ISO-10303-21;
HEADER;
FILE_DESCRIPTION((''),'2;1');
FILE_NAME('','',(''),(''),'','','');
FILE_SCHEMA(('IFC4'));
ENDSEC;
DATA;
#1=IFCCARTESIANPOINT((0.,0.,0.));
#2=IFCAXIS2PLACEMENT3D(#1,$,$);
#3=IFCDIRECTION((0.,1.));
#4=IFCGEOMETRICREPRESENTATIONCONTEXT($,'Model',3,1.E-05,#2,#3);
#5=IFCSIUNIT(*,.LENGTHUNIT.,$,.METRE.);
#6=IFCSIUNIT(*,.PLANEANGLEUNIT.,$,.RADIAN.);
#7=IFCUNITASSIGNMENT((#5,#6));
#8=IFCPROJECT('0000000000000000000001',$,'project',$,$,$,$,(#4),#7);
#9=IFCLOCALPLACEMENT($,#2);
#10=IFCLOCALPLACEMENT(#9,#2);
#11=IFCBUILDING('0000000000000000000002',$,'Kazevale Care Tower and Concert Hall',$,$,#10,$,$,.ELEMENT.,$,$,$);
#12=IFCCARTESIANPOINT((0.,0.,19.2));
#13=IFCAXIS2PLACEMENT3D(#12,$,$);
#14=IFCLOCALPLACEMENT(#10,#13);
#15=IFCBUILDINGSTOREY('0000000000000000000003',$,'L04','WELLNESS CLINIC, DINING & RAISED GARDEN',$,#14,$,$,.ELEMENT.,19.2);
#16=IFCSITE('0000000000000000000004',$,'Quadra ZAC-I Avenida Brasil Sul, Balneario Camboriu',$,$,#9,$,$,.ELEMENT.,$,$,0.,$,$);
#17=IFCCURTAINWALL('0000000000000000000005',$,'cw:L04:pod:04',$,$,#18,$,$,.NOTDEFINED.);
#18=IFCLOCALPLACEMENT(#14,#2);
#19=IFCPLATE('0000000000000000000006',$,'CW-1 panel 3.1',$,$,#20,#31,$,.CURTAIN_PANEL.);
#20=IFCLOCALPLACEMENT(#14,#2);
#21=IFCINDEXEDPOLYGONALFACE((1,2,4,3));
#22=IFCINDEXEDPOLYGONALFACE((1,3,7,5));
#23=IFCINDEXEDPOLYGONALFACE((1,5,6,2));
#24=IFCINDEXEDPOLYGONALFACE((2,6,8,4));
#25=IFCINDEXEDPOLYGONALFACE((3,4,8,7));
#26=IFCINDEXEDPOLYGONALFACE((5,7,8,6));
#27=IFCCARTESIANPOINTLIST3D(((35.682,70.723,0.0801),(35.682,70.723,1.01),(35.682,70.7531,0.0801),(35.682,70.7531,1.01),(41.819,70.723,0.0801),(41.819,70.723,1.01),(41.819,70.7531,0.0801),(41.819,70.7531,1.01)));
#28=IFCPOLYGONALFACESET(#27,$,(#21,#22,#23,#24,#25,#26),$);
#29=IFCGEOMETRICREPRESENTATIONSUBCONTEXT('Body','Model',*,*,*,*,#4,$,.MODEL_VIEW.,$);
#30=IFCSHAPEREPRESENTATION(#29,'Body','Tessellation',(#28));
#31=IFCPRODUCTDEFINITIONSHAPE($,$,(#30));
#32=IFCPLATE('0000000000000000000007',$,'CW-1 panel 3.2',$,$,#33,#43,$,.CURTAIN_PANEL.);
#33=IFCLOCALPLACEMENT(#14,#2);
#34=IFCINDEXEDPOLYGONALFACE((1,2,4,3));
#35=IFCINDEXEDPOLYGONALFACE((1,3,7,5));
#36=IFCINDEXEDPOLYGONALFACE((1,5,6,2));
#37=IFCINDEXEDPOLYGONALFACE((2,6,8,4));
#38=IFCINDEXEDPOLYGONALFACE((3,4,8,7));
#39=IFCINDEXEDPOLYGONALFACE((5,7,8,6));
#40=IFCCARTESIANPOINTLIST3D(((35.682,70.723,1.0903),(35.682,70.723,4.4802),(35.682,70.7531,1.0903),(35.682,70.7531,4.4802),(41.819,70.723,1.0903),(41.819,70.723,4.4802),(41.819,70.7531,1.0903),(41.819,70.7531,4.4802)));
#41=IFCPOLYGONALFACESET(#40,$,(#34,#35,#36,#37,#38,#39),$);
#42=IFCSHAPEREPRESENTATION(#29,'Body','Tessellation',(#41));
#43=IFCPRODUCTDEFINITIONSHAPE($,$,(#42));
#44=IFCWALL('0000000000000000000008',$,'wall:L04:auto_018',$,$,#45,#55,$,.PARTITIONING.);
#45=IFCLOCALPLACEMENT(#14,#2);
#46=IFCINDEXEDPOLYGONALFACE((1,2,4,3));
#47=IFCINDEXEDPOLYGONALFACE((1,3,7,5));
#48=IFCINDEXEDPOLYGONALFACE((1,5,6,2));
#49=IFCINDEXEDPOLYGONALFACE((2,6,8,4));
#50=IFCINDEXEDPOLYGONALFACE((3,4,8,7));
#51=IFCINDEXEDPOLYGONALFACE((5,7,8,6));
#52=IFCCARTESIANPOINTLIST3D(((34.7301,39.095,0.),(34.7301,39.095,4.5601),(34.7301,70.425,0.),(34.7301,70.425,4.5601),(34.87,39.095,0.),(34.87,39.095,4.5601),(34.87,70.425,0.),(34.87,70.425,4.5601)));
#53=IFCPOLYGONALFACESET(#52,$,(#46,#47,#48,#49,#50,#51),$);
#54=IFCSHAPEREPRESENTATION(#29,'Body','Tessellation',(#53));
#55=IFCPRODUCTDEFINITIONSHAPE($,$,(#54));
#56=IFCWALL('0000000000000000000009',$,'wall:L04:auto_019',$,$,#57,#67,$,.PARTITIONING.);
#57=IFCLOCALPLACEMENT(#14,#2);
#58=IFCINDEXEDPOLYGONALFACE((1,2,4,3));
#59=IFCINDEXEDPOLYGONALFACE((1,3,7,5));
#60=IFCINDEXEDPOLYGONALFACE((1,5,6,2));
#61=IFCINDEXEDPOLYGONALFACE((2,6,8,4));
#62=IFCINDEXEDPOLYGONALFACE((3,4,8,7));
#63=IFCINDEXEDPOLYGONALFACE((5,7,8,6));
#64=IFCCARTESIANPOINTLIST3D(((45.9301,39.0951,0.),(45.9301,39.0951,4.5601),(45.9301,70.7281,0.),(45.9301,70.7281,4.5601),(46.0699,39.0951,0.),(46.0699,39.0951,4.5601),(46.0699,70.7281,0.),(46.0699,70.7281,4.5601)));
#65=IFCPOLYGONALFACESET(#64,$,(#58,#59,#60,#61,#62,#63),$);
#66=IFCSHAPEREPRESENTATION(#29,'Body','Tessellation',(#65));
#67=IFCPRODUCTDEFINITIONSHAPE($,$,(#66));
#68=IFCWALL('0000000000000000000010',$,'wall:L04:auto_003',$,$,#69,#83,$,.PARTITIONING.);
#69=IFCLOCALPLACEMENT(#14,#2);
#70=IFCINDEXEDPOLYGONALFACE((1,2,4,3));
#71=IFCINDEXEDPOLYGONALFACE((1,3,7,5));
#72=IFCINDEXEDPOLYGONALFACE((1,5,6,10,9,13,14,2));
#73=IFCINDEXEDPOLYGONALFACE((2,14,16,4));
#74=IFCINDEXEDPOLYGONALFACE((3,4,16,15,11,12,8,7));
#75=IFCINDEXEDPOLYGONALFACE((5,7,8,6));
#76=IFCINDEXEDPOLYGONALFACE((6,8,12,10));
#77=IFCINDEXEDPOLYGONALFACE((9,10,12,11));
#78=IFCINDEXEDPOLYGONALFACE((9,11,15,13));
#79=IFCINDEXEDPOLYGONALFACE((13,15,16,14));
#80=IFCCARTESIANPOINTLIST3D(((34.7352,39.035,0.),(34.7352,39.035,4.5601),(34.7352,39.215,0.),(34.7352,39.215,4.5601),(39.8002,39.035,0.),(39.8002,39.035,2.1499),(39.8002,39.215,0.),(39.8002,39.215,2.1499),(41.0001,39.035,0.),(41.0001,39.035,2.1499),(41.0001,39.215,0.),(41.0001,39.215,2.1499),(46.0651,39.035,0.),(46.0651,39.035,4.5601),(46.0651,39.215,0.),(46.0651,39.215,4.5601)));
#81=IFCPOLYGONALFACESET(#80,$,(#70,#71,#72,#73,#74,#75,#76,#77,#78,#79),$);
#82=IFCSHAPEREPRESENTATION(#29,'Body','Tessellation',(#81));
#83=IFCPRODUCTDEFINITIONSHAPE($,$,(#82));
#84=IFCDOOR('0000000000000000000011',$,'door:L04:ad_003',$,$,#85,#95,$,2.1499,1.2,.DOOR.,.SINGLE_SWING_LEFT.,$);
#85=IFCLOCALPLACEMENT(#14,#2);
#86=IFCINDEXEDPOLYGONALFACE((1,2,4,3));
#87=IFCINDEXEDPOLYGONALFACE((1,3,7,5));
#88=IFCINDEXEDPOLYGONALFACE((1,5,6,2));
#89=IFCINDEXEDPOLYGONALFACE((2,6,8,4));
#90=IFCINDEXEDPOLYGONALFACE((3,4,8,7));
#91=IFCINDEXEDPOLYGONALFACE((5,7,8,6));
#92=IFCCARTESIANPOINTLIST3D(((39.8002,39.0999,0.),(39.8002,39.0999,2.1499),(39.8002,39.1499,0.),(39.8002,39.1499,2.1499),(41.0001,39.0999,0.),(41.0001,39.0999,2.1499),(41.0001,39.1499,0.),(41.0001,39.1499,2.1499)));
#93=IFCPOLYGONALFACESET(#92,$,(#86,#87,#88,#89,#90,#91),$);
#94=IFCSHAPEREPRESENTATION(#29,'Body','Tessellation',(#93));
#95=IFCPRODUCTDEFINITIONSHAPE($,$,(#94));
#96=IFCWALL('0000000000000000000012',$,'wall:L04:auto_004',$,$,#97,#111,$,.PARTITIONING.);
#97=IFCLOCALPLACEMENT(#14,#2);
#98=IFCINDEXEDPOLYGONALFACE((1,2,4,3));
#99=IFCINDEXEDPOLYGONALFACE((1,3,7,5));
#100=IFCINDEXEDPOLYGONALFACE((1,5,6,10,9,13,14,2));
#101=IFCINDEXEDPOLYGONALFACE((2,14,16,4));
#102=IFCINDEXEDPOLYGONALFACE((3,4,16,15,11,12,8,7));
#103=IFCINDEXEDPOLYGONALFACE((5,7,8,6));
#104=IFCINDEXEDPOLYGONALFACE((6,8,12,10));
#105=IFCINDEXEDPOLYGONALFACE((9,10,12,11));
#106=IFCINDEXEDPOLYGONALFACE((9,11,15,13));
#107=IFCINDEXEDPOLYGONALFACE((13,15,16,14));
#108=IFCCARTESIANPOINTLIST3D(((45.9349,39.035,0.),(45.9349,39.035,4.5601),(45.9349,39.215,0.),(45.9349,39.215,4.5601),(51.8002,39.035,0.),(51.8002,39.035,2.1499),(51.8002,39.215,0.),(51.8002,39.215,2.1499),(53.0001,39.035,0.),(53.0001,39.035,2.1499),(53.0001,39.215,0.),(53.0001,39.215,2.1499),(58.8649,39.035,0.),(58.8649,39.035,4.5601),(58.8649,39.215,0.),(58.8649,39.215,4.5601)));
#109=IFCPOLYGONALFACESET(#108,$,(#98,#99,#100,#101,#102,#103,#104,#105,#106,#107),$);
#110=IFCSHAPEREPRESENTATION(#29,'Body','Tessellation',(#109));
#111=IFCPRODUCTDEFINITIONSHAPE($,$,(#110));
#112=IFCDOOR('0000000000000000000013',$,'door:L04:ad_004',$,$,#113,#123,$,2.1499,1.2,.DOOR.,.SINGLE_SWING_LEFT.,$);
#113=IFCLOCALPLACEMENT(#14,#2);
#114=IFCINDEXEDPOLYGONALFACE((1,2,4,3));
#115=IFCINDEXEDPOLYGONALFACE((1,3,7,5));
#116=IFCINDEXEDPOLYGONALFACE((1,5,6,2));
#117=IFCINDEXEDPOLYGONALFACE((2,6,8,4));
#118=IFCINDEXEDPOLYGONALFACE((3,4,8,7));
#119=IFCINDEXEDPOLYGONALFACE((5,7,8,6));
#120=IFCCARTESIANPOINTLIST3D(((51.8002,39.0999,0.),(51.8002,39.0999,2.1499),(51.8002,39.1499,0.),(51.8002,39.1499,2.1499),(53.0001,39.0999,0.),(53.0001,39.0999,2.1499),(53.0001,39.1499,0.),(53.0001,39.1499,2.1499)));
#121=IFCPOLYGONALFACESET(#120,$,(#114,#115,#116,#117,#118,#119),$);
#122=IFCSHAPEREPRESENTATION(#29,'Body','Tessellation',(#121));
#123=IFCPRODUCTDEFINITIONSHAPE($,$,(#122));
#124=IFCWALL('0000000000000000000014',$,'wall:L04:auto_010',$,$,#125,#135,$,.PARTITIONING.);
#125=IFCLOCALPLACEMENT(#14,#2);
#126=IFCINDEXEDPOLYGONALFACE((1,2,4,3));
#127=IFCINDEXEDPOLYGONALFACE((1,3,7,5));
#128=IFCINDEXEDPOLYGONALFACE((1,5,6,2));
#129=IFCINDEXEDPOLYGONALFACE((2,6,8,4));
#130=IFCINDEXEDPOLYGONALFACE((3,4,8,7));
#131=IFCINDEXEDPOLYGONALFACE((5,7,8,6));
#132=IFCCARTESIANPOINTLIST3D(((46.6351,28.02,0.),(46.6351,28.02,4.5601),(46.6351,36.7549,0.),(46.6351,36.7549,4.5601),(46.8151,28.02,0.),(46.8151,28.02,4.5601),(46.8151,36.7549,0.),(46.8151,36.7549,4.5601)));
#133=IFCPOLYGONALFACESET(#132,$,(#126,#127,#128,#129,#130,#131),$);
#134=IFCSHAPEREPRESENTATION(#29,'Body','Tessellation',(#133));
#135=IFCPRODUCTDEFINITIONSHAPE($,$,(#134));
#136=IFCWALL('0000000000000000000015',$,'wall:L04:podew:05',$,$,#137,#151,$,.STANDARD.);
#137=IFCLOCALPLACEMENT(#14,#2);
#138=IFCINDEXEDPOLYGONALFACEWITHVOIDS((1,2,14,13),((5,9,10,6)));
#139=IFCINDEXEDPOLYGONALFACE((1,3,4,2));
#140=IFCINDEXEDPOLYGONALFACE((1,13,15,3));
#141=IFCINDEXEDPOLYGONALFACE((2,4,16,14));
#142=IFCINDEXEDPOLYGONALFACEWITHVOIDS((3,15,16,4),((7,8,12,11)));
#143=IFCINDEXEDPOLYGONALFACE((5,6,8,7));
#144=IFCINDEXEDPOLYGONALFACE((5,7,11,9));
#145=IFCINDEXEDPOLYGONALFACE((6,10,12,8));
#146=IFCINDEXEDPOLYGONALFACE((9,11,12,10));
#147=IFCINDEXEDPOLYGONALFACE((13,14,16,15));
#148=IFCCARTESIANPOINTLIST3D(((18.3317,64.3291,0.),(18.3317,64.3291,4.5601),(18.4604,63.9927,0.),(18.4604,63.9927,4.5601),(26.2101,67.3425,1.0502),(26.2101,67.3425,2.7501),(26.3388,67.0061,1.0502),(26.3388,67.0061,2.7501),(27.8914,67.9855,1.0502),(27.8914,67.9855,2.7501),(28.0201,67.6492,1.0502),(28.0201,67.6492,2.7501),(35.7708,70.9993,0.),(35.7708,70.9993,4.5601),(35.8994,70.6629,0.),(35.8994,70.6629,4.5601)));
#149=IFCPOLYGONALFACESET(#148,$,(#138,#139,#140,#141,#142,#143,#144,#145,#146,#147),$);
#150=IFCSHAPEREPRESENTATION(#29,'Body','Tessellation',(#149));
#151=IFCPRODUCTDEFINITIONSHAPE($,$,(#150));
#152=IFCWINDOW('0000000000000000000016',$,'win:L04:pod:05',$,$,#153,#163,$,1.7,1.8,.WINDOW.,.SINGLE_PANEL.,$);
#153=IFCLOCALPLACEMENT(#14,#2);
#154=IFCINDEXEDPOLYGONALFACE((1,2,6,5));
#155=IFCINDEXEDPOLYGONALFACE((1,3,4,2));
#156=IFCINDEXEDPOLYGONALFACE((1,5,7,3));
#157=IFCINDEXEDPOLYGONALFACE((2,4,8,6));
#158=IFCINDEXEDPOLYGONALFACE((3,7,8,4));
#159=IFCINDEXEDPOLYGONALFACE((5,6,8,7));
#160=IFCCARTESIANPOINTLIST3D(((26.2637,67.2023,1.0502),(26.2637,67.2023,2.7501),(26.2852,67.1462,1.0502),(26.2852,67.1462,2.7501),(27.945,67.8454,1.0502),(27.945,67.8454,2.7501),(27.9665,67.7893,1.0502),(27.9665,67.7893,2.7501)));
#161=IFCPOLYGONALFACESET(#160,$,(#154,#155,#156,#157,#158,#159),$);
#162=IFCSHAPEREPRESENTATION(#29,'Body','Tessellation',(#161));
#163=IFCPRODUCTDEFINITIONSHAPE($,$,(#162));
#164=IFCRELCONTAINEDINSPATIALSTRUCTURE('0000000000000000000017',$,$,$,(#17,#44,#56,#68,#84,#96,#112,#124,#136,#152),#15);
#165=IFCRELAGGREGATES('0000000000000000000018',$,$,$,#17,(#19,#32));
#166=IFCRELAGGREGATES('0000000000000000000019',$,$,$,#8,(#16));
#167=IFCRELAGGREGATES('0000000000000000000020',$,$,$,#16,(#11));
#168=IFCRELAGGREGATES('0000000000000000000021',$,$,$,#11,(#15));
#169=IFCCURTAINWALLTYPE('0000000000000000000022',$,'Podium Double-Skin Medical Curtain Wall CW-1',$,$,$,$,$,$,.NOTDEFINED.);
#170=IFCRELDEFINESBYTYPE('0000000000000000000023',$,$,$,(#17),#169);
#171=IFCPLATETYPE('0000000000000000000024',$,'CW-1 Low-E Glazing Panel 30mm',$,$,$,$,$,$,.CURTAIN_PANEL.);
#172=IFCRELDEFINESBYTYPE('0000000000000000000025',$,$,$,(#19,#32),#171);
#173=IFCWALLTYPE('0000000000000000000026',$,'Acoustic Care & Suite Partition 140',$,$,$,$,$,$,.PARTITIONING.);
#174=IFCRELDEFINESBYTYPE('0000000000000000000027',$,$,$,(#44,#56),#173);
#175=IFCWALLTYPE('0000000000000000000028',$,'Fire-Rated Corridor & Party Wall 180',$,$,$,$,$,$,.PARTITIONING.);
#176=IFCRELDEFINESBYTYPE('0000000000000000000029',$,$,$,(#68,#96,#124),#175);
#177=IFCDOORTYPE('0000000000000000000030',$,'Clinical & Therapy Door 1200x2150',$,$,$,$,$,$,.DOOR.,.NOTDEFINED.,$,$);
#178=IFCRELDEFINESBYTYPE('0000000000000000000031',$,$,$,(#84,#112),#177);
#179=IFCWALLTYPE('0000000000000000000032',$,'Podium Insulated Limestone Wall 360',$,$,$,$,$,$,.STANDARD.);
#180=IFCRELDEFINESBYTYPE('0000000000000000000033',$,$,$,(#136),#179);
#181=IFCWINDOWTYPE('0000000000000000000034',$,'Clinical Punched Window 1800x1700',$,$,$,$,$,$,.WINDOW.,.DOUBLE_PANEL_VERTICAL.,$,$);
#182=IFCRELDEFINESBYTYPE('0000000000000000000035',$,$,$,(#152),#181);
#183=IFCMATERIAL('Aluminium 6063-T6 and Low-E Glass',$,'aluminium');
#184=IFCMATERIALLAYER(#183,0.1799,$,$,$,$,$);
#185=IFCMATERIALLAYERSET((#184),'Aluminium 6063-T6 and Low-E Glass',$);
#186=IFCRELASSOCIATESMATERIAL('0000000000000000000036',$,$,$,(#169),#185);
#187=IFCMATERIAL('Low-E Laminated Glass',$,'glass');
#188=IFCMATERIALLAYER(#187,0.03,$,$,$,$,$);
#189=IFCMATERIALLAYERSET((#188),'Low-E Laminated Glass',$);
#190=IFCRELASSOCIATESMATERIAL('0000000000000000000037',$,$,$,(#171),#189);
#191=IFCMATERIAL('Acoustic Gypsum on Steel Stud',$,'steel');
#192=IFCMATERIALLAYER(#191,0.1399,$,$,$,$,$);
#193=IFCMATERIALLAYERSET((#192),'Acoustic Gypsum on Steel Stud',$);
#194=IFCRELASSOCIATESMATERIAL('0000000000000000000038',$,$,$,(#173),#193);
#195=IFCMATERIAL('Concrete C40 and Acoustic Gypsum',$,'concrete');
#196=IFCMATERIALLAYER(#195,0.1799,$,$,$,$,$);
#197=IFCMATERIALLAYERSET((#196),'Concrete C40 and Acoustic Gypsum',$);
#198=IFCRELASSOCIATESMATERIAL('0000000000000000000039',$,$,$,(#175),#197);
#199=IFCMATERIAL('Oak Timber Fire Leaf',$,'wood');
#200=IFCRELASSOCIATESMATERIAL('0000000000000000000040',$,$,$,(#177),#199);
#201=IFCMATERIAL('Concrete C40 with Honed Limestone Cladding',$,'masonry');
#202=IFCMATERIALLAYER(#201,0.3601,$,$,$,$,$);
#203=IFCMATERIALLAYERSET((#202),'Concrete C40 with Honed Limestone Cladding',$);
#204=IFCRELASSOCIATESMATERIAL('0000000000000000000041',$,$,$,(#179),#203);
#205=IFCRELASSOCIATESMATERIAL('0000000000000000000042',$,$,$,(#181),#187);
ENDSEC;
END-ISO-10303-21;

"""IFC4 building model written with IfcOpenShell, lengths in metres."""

from ifc_helpers import new_model, si_unit, direction, frame, frame_2d, origin, origin_2d, place, context, subcontext, project, spatial, rectangle, extrude, material, layer, layer_set, type_object, element, fill, aggregate, save


model = new_model("IFC4")

# Units and contexts
model_context = context("Model", 3, precision=1e-05, world=origin(), true_north=direction((0.0, 1.0)))
body_context = subcontext(model_context, "Body", "Model", "MODEL_VIEW")
ifc_project = project(units=[si_unit("LENGTHUNIT", "METRE"), si_unit("PLANEANGLEUNIT", "RADIAN")], contexts=[model_context])

# Site, building, storey
site_placement = place(None, origin())
site = spatial("IfcSite", under=ifc_project, at=site_placement, Name="Quadra ZAC-I Avenida Brasil Sul, Balneario Camboriu", CompositionType="ELEMENT", RefElevation=0.0)
building_placement = place(site_placement, origin())
building = spatial("IfcBuilding", under=site, at=building_placement, Name="Kazevale Care Tower and Concert Hall", CompositionType="ELEMENT")
storey_placement = place(building_placement, frame((0.0, 0.0, 19.2)))
storey = spatial("IfcBuildingStorey", under=building, at=storey_placement, Name="L04", Description="WELLNESS CLINIC, DINING & RAISED GARDEN", CompositionType="ELEMENT", Elevation=19.2)

# Curtain wall
ifc_material_1 = material(Name="Aluminium 6063-T6 and Low-E Glass", Category="aluminium")
ifc_layer_1 = layer(ifc_material_1, 0.1799)
ifc_layer_set_1 = layer_set([ifc_layer_1], Name="Aluminium 6063-T6 and Low-E Glass")
curtain_wall_type = type_object("IfcCurtainWallType", Name="Podium Double-Skin Medical Curtain Wall CW-1", PredefinedType="NOTDEFINED", material=ifc_layer_set_1)
curtain_wall_placement = place(storey_placement, origin())
curtain_wall = element("IfcCurtainWall", 1, at=curtain_wall_placement, inside=storey, type_object=curtain_wall_type, Name="cw:L04:pod:04", PredefinedType="NOTDEFINED")

# Plates
ifc_material_2 = material(Name="Low-E Laminated Glass", Category="glass")
ifc_layer_2 = layer(ifc_material_2, 0.03)
ifc_layer_set_2 = layer_set([ifc_layer_2], Name="Low-E Laminated Glass")
plate_type = type_object("IfcPlateType", Name="CW-1 Low-E Glazing Panel 30mm", PredefinedType="CURTAIN_PANEL", material=ifc_layer_set_2)
plate_1_placement = place(storey_placement, frame((38.7505, 70.738, 0.0801), z_axis=(0.0, 0.0, 1.0), x_axis=(-1.0, 0.0, 0.0)))
plate_1 = element("IfcPlate", 2, at=plate_1_placement, type_object=plate_type, Name="CW-1 panel 3.1", PredefinedType="CURTAIN_PANEL", context=body_context, shape_type="SweptSolid", body=[
    extrude(rectangle(XDim=6.137, YDim=0.03, at=origin_2d()), origin(), (0.0, 0.0, 1.0), 0.9299),
])
plate_2_placement = place(storey_placement, frame((38.7505, 70.738, 1.0903), z_axis=(0.0, 0.0, 1.0), x_axis=(-1.0, 0.0, 0.0)))
plate_2 = element("IfcPlate", 3, at=plate_2_placement, type_object=plate_type, Name="CW-1 panel 3.2", PredefinedType="CURTAIN_PANEL", context=body_context, shape_type="SweptSolid", body=[
    extrude(rectangle(XDim=6.137, YDim=0.03, at=origin_2d()), origin(), (0.0, 0.0, 1.0), 3.3899),
])
aggregate(curtain_wall, [plate_1, plate_2])

# Walls
ifc_material_3 = material(Name="Acoustic Gypsum on Steel Stud", Category="steel")
ifc_layer_3 = layer(ifc_material_3, 0.1399)
ifc_layer_set_3 = layer_set([ifc_layer_3], Name="Acoustic Gypsum on Steel Stud")
wall_type_1 = type_object("IfcWallType", Name="Acoustic Care & Suite Partition 140", PredefinedType="PARTITIONING", material=ifc_layer_set_3)
wall_1_placement = place(storey_placement, frame((34.8, 70.425, 0.0), z_axis=(0.0, 0.0, 1.0), x_axis=(0.0, -1.0, 0.0)))
element("IfcWall", 4, at=wall_1_placement, inside=storey, type_object=wall_type_1, Name="wall:L04:auto_018", PredefinedType="PARTITIONING", context=body_context, shape_type="SweptSolid", body=[
    extrude(rectangle(XDim=31.3301, YDim=0.1399, at=frame_2d((15.665, 0.0))), origin(), (0.0, 0.0, 1.0), 4.5601),
])
wall_2_placement = place(storey_placement, frame((46.0, 70.728, 0.0), z_axis=(0.0, 0.0, 1.0), x_axis=(0.0, -1.0, 0.0)))
element("IfcWall", 5, at=wall_2_placement, inside=storey, type_object=wall_type_1, Name="wall:L04:auto_019", PredefinedType="PARTITIONING", context=body_context, shape_type="SweptSolid", body=[
    extrude(rectangle(XDim=31.6331, YDim=0.1399, at=frame_2d((15.8164, 0.0))), origin(), (0.0, 0.0, 1.0), 4.5601),
])

# Walls, openings, doors
ifc_material_4 = material(Name="Concrete C40 and Acoustic Gypsum", Category="concrete")
ifc_layer_4 = layer(ifc_material_4, 0.1799)
ifc_layer_set_4 = layer_set([ifc_layer_4], Name="Concrete C40 and Acoustic Gypsum")
wall_type_2 = type_object("IfcWallType", Name="Fire-Rated Corridor & Party Wall 180", PredefinedType="PARTITIONING", material=ifc_layer_set_4)
wall_3_placement = place(storey_placement, frame((34.7351, 39.125, 0.0), z_axis=(0.0, 0.0, 1.0), x_axis=(1.0, 0.0, 0.0)))
wall_3 = element("IfcWall", 6, at=wall_3_placement, inside=storey, type_object=wall_type_2, Name="wall:L04:auto_003", PredefinedType="PARTITIONING", context=body_context, shape_type="SweptSolid", body=[
    extrude(rectangle(XDim=11.3298, YDim=0.1799, at=frame_2d((5.665, 0.0))), origin(), (0.0, 0.0, 1.0), 4.5601),
])
opening_1_placement = place(wall_3_placement, frame((5.0649, 0.0, 0.0)))
opening_1 = element("IfcOpeningElement", 7, at=opening_1_placement, cuts=wall_3, PredefinedType="OPENING", context=body_context, shape_type="SweptSolid", body=[
    extrude(rectangle(XDim=1.2, YDim=2.1499, at=frame_2d((0.6001, 1.075))), frame((0.0, 0.0999, 0.0), z_axis=(0.0, -1.0, 0.0), x_axis=(1.0, 0.0, 0.0)), (0.0, 0.0, 1.0), 0.2),
])
ifc_material_5 = material(Name="Oak Timber Fire Leaf", Category="wood")
door_type = type_object("IfcDoorType", Name="Clinical & Therapy Door 1200x2150", OperationType="NOTDEFINED", PredefinedType="DOOR", material=ifc_material_5)
door_1_placement = place(opening_1_placement, origin())
door_1 = element("IfcDoor", 8, at=door_1_placement, inside=storey, type_object=door_type, Name="door:L04:ad_003", OperationType="SINGLE_SWING_LEFT", OverallHeight=2.1499, OverallWidth=1.2, PredefinedType="DOOR", context=body_context, shape_type="SweptSolid", body=[
    extrude(rectangle(XDim=1.2, YDim=2.1499, at=frame_2d((0.6001, 1.075))), frame((0.0, 0.0249, 0.0), z_axis=(0.0, -1.0, 0.0), x_axis=(1.0, 0.0, 0.0)), (0.0, 0.0, 1.0), 0.05),
])
fill(opening_1, door_1)
wall_4_placement = place(storey_placement, frame((45.9351, 39.125, 0.0), z_axis=(0.0, 0.0, 1.0), x_axis=(1.0, 0.0, 0.0)))
wall_4 = element("IfcWall", 9, at=wall_4_placement, inside=storey, type_object=wall_type_2, Name="wall:L04:auto_004", PredefinedType="PARTITIONING", context=body_context, shape_type="SweptSolid", body=[
    extrude(rectangle(XDim=12.9299, YDim=0.1799, at=frame_2d((6.4648, 0.0))), origin(), (0.0, 0.0, 1.0), 4.5601),
])
opening_2_placement = place(wall_4_placement, frame((5.865, 0.0, 0.0)))
opening_2 = element("IfcOpeningElement", 10, at=opening_2_placement, cuts=wall_4, PredefinedType="OPENING", context=body_context, shape_type="SweptSolid", body=[
    extrude(rectangle(XDim=1.2, YDim=2.1499, at=frame_2d((0.6001, 1.075))), frame((0.0, 0.0999, 0.0), z_axis=(0.0, -1.0, 0.0), x_axis=(1.0, 0.0, 0.0)), (0.0, 0.0, 1.0), 0.2),
])
door_2_placement = place(opening_2_placement, origin())
door_2 = element("IfcDoor", 11, at=door_2_placement, inside=storey, type_object=door_type, Name="door:L04:ad_004", OperationType="SINGLE_SWING_LEFT", OverallHeight=2.1499, OverallWidth=1.2, PredefinedType="DOOR", context=body_context, shape_type="SweptSolid", body=[
    extrude(rectangle(XDim=1.2, YDim=2.1499, at=frame_2d((0.6001, 1.075))), frame((0.0, 0.0249, 0.0), z_axis=(0.0, -1.0, 0.0), x_axis=(1.0, 0.0, 0.0)), (0.0, 0.0, 1.0), 0.05),
])
fill(opening_2, door_2)

# Wall
wall_5_placement = place(storey_placement, frame((46.7251, 36.7549, 0.0), z_axis=(0.0, 0.0, 1.0), x_axis=(0.0, -1.0, 0.0)))
element("IfcWall", 12, at=wall_5_placement, inside=storey, type_object=wall_type_2, Name="wall:L04:auto_010", PredefinedType="PARTITIONING", context=body_context, shape_type="SweptSolid", body=[
    extrude(rectangle(XDim=8.7349, YDim=0.1799, at=frame_2d((4.3674, 0.0))), origin(), (0.0, 0.0, 1.0), 4.5601),
])

# Wall, opening, window
ifc_material_6 = material(Name="Concrete C40 with Honed Limestone Cladding", Category="masonry")
ifc_layer_5 = layer(ifc_material_6, 0.3601)
ifc_layer_set_5 = layer_set([ifc_layer_5], Name="Concrete C40 with Honed Limestone Cladding")
wall_type_3 = type_object("IfcWallType", Name="Podium Insulated Limestone Wall 360", PredefinedType="STANDARD", material=ifc_layer_set_5)
wall_6_placement = place(storey_placement, frame((35.835, 70.8311, 0.0), z_axis=(0.0, 0.0, 1.0), x_axis=(-0.93401, -0.357246, 0.0)))
wall_6 = element("IfcWall", 13, at=wall_6_placement, inside=storey, type_object=wall_type_3, Name="wall:L04:podew:05", PredefinedType="STANDARD", context=body_context, shape_type="SweptSolid", body=[
    extrude(rectangle(XDim=18.6711, YDim=0.3601, at=frame_2d((9.3354, 0.0))), origin(), (0.0, 0.0, 1.0), 4.5601),
])
opening_3_placement = place(wall_6_placement, frame((8.436, 0.0, 1.05)))
opening_3 = element("IfcOpeningElement", 14, at=opening_3_placement, cuts=wall_6, PredefinedType="OPENING", context=body_context, shape_type="SweptSolid", body=[
    extrude(rectangle(XDim=1.8, YDim=1.7, at=frame_2d((0.8999, 0.8501))), frame((0.0, 0.1899, 0.0), z_axis=(0.0, -1.0, 0.0), x_axis=(1.0, 0.0, 0.0)), (0.0, 0.0, 1.0), 0.3801),
])
window_type = type_object("IfcWindowType", Name="Clinical Punched Window 1800x1700", PartitioningType="DOUBLE_PANEL_VERTICAL", PredefinedType="WINDOW", material=ifc_material_2)
window_placement = place(opening_3_placement, origin())
window = element("IfcWindow", 15, at=window_placement, inside=storey, type_object=window_type, Name="win:L04:pod:05", OverallHeight=1.7, OverallWidth=1.8, PartitioningType="SINGLE_PANEL", PredefinedType="WINDOW", context=body_context, shape_type="SweptSolid", body=[
    extrude(rectangle(XDim=1.8, YDim=1.7, at=frame_2d((0.8999, 0.8501))), frame((0.0, 0.03, 0.0), z_axis=(0.0, -1.0, 0.0), x_axis=(1.0, 0.0, 0.0)), (0.0, 0.0, 1.0), 0.0601),
])
fill(opening_3, window)

save(model, "model.ifc")
